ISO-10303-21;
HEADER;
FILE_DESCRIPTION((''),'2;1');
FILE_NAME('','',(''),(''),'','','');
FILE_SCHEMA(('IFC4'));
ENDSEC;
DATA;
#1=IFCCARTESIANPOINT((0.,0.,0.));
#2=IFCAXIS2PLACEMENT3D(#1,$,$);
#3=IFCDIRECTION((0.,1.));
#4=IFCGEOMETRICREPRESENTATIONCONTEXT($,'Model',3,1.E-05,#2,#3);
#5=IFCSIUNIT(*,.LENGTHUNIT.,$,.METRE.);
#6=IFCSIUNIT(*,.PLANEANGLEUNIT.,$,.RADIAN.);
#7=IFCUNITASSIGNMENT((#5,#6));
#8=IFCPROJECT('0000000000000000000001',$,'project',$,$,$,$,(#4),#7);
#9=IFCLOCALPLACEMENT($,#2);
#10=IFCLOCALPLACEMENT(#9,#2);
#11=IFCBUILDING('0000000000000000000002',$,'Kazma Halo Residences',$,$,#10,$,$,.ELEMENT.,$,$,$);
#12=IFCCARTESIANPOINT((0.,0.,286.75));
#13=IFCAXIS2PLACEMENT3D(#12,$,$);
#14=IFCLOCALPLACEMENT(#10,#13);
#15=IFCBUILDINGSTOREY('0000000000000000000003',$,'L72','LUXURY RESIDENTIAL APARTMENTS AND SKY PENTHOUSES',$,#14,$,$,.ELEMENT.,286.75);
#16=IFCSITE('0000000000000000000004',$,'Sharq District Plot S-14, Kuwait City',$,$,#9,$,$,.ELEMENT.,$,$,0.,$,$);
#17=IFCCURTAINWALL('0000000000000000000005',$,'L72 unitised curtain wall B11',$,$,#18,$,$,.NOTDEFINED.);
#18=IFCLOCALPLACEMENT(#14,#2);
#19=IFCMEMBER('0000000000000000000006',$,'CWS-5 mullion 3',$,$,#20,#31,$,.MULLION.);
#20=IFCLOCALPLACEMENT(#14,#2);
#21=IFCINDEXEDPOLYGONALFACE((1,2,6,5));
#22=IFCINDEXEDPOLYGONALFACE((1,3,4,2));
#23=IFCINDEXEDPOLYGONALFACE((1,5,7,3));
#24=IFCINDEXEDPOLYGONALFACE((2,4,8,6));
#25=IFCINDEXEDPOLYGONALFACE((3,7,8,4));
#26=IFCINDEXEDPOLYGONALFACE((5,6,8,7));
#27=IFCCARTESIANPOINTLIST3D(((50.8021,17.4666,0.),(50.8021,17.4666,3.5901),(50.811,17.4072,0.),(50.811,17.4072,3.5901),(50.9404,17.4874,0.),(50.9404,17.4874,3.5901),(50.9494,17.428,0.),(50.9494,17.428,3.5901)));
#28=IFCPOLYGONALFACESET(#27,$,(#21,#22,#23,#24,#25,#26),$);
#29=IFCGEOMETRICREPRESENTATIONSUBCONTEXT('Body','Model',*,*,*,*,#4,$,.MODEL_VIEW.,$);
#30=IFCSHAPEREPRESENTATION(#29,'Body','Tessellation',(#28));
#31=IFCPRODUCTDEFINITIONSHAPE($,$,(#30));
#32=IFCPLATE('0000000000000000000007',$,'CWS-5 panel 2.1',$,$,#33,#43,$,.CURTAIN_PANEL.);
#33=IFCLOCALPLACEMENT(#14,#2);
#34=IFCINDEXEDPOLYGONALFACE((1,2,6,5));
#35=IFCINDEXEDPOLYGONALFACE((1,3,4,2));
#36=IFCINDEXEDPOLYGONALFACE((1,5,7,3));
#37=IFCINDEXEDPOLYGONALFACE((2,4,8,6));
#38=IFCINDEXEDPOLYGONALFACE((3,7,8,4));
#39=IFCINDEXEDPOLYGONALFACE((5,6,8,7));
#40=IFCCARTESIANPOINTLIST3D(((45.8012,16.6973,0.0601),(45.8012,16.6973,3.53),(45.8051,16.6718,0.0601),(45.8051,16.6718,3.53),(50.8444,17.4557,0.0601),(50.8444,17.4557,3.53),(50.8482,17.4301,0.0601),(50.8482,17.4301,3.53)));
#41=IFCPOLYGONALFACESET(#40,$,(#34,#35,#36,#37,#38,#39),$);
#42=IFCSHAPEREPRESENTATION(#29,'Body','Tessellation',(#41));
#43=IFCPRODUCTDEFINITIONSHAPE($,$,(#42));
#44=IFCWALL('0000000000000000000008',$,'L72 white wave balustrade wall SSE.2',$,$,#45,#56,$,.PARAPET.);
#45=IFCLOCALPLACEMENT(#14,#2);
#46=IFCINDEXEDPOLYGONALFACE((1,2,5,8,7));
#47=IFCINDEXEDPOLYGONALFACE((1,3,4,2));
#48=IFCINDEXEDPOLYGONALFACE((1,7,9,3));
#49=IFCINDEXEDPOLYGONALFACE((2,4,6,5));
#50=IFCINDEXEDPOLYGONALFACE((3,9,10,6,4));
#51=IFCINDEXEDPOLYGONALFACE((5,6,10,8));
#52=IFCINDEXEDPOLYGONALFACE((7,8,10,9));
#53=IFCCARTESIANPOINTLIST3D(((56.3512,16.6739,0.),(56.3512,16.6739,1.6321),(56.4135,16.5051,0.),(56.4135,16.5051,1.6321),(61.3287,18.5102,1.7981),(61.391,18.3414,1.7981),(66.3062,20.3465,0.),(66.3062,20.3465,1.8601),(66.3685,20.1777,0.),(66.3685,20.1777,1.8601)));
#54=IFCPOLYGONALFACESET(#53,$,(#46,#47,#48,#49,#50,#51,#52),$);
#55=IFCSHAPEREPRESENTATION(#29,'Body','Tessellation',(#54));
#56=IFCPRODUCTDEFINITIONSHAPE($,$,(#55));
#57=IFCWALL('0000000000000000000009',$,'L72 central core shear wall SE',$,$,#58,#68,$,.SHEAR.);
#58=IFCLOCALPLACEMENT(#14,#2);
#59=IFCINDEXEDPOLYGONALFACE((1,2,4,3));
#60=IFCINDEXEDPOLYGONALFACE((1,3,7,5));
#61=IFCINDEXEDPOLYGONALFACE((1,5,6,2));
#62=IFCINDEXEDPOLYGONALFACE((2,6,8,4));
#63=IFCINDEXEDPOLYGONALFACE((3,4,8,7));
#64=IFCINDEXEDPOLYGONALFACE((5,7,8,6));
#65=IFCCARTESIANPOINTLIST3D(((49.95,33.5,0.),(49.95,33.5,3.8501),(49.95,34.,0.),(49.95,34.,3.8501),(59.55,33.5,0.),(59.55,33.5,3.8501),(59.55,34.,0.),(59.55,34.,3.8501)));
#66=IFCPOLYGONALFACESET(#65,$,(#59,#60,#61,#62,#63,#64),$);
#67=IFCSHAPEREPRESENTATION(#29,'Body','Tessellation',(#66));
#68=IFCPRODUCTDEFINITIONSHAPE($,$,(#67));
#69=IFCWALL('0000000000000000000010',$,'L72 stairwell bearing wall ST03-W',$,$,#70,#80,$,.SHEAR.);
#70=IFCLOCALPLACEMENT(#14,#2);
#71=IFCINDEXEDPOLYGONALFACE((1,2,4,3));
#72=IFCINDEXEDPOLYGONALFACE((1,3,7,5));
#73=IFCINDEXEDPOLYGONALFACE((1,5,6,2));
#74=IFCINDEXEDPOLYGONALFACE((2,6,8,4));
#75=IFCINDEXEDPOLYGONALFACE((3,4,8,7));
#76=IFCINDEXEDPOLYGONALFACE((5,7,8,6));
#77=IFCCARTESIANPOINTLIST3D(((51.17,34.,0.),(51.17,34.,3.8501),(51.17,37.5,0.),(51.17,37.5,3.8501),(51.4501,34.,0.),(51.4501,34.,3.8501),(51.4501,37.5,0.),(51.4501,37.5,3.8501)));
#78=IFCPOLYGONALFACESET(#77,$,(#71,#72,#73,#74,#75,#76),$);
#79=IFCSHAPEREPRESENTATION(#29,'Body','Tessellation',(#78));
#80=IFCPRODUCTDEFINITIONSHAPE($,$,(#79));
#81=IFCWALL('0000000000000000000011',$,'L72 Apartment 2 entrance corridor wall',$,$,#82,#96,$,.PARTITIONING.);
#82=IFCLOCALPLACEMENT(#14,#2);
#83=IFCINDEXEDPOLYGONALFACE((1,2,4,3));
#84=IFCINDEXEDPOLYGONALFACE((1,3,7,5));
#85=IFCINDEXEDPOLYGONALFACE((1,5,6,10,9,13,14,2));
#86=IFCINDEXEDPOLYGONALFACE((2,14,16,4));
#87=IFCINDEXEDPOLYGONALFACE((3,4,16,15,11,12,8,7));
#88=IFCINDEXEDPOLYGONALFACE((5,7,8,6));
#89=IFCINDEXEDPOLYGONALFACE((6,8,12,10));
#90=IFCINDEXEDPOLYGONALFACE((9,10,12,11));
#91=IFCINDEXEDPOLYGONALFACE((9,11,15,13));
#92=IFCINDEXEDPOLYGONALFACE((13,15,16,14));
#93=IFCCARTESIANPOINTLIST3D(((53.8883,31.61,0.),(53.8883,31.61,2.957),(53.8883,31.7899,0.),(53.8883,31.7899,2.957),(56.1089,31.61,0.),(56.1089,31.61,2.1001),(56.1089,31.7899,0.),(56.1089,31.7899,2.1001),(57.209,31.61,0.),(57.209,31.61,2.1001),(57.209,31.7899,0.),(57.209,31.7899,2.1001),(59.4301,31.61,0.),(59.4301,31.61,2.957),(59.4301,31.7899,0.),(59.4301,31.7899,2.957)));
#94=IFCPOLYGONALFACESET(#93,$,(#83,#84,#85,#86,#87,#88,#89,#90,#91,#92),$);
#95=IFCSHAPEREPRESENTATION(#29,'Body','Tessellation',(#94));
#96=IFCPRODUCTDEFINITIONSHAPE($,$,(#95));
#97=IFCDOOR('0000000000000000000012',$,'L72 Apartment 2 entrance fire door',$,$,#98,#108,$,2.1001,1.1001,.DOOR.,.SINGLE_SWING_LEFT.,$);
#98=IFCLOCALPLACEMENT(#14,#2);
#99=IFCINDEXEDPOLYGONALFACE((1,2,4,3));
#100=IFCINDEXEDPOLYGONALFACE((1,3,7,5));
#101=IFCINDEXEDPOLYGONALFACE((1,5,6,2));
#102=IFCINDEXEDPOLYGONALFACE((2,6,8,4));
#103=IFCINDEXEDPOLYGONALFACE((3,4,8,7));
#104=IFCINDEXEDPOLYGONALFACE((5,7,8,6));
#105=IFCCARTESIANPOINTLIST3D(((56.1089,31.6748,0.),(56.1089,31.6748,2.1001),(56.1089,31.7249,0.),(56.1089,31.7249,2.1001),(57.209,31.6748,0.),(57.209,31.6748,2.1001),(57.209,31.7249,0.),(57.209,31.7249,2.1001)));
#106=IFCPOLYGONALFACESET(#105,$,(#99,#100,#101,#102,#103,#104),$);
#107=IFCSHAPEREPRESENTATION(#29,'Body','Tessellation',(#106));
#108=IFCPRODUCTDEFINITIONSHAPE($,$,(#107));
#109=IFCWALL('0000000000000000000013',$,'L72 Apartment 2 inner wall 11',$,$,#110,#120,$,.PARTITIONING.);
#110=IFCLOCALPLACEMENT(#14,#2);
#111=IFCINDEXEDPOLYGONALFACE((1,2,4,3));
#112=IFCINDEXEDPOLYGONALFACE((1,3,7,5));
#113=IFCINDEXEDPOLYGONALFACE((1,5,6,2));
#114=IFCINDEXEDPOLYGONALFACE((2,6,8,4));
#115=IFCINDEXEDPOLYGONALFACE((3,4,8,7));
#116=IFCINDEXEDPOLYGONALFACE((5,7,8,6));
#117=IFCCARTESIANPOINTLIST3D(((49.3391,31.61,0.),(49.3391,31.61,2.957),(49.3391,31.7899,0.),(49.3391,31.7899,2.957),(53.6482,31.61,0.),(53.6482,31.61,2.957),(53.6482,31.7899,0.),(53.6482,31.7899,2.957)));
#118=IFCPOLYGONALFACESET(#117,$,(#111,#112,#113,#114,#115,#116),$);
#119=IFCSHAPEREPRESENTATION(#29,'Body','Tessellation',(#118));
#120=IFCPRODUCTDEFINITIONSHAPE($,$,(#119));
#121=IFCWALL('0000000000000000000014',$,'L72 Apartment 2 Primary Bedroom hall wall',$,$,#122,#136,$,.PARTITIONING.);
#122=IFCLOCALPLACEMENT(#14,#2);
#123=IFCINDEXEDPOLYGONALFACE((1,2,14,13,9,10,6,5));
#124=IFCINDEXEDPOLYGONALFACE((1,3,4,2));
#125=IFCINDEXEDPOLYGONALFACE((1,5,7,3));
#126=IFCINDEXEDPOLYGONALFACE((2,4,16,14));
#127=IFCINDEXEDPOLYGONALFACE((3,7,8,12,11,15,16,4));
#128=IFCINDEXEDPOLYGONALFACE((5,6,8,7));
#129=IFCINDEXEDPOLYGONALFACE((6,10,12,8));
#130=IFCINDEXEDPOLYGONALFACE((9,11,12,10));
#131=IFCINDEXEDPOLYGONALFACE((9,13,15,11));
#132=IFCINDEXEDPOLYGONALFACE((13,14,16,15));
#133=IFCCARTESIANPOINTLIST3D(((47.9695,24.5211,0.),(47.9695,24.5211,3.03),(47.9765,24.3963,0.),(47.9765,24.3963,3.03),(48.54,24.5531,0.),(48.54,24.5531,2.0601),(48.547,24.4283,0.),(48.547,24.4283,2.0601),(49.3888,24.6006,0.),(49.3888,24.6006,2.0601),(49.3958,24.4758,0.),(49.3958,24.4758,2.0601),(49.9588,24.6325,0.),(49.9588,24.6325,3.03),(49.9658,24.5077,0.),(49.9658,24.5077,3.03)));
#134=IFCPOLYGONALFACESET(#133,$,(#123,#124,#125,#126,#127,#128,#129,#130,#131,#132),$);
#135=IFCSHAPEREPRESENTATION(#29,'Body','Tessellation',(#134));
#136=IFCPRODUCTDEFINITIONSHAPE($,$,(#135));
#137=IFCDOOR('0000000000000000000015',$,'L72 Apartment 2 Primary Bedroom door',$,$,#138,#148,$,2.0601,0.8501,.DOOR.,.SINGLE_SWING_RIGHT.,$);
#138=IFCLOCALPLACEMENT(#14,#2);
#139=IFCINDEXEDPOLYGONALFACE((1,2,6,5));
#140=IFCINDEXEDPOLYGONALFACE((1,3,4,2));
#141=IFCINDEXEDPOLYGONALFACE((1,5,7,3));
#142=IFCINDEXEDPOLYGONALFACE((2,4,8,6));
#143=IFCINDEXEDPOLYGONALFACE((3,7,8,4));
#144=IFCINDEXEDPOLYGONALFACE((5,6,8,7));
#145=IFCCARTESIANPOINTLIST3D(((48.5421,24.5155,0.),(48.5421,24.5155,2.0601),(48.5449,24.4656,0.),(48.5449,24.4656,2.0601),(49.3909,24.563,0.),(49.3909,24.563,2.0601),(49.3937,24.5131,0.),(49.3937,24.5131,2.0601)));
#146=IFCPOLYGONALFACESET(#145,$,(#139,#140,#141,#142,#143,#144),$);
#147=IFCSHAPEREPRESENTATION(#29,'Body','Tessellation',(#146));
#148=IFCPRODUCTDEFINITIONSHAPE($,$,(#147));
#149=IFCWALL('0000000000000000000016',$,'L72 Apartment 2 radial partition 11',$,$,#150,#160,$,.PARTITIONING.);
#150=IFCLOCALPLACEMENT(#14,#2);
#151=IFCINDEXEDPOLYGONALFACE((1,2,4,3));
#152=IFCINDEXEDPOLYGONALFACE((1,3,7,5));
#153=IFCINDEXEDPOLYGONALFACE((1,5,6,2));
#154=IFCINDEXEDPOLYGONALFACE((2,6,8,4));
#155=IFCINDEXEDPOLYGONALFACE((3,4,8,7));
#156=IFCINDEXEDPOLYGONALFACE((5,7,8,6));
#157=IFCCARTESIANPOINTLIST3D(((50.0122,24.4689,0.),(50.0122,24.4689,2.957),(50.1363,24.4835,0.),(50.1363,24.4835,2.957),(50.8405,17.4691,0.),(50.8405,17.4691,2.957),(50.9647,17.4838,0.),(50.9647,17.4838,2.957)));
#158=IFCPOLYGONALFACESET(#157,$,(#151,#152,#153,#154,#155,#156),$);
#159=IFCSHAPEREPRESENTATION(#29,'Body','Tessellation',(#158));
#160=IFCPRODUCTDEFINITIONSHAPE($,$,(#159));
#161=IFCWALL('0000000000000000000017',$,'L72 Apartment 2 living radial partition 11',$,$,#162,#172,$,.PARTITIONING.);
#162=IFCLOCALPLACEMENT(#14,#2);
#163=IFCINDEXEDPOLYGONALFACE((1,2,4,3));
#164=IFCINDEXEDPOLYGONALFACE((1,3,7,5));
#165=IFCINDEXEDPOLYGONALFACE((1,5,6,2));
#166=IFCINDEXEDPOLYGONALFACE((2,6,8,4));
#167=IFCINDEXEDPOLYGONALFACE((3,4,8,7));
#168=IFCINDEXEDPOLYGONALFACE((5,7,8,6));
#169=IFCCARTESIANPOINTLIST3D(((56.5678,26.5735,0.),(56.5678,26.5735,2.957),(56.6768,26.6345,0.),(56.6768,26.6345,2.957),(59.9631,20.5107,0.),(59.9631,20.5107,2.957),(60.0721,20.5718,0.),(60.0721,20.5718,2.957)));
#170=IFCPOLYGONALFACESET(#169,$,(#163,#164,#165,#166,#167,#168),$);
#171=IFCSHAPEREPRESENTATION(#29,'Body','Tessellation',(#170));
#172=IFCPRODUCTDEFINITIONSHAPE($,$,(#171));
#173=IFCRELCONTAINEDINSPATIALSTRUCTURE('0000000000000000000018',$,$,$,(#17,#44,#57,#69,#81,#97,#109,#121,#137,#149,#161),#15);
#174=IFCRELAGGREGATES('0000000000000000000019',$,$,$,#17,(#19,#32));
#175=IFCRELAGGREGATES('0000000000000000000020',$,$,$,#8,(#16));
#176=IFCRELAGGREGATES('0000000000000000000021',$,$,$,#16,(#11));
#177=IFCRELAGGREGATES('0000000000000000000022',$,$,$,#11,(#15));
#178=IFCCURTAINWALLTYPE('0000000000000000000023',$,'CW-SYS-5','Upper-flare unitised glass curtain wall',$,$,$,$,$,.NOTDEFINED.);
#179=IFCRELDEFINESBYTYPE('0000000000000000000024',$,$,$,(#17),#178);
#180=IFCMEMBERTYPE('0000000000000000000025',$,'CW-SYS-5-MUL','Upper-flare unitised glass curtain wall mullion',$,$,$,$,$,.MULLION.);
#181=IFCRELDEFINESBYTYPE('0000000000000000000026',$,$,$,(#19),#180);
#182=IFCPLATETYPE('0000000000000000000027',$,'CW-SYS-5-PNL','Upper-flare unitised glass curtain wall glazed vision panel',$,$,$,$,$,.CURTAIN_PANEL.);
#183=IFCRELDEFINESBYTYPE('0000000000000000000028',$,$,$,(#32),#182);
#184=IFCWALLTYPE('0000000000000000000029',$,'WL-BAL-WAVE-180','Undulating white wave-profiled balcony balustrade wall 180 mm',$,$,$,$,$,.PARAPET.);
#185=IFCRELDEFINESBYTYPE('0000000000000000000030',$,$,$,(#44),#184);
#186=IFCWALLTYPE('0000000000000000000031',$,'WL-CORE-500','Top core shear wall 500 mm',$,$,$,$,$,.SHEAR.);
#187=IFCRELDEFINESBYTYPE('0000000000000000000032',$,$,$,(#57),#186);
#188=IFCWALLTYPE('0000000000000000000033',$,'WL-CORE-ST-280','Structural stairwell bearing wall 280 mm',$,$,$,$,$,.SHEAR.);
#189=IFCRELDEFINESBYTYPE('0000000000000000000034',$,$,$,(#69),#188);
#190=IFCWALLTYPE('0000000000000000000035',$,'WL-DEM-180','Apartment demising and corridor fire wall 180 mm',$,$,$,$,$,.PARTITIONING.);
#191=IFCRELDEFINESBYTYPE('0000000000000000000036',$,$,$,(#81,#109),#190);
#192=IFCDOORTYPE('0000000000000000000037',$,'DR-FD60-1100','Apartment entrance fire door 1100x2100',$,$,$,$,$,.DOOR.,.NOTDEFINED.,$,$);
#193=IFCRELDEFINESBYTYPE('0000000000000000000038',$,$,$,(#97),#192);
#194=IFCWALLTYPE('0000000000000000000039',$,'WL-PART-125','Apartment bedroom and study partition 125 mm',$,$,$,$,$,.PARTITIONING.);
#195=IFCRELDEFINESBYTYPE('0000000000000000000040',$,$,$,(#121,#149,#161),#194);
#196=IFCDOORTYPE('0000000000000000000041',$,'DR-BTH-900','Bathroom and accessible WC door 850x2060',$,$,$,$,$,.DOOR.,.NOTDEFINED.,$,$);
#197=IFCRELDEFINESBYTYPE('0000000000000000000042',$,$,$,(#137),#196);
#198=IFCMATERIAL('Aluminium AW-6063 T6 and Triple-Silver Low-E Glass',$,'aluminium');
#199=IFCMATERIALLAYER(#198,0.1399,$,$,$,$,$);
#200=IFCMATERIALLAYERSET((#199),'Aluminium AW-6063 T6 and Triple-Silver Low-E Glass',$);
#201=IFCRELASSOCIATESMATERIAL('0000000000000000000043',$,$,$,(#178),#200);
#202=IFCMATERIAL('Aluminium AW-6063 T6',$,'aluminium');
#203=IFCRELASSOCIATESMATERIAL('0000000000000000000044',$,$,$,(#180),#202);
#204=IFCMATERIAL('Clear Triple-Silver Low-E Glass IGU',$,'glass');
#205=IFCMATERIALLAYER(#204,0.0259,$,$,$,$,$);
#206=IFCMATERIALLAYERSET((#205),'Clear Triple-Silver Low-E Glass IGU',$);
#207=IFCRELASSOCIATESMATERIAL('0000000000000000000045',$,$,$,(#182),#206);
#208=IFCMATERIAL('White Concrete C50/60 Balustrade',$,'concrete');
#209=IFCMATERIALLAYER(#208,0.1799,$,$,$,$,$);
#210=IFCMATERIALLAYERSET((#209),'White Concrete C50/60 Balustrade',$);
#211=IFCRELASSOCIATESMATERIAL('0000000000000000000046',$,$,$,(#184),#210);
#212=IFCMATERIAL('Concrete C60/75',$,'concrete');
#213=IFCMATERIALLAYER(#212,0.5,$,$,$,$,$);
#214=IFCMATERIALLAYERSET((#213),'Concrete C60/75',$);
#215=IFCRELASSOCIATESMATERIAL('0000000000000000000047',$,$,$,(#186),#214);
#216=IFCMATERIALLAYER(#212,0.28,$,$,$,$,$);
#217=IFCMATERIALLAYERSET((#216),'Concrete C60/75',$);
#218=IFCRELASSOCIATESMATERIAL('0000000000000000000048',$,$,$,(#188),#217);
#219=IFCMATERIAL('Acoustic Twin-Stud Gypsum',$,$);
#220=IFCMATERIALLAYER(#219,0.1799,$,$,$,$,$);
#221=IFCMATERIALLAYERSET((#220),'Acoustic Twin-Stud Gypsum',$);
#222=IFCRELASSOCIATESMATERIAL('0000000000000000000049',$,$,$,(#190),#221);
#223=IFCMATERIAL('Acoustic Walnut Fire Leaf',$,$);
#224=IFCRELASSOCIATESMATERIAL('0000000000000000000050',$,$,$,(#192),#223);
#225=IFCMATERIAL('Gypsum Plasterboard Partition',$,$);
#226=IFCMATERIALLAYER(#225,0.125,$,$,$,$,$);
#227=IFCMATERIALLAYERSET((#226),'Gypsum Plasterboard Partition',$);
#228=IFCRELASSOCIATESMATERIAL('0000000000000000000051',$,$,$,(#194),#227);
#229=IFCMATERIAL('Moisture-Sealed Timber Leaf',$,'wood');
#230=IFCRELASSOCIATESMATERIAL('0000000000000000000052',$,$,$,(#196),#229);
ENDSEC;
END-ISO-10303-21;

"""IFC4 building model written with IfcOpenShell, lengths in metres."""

from ifc_helpers import new_model, si_unit, direction, frame, frame_2d, origin, origin_2d, place, context, subcontext, project, spatial, polyline, rectangle, outline, extrude, material, layer, layer_set, material_profile, profile_set, type_object, element, fill, aggregate, save


model = new_model("IFC4")

# Units and contexts
model_context = context("Model", 3, precision=1e-05, world=origin(), true_north=direction((0.0, 1.0)))
body_context = subcontext(model_context, "Body", "Model", "MODEL_VIEW")
ifc_project = project(units=[si_unit("LENGTHUNIT", "METRE"), si_unit("PLANEANGLEUNIT", "RADIAN")], contexts=[model_context])

# Site, building, storey
site_placement = place(None, origin())
site = spatial("IfcSite", under=ifc_project, at=site_placement, Name="Sharq District Plot S-14, Kuwait City", CompositionType="ELEMENT", RefElevation=0.0)
building_placement = place(site_placement, origin())
building = spatial("IfcBuilding", under=site, at=building_placement, Name="Kazma Halo Residences", CompositionType="ELEMENT")
storey_placement = place(building_placement, frame((0.0, 0.0, 286.75)))
storey = spatial("IfcBuildingStorey", under=building, at=storey_placement, Name="L72", Description="LUXURY RESIDENTIAL APARTMENTS AND SKY PENTHOUSES", CompositionType="ELEMENT", Elevation=286.75)

# Shared definitions
ifc_material_1 = material(Name="Concrete C60/75", Category="concrete")

# Curtain wall, member, plate
ifc_material_2 = material(Name="Aluminium AW-6063 T6 and Triple-Silver Low-E Glass", Category="aluminium")
ifc_layer_1 = layer(ifc_material_2, 0.1399)
ifc_layer_set_1 = layer_set([ifc_layer_1], Name="Aluminium AW-6063 T6 and Triple-Silver Low-E Glass")
curtain_wall_type = type_object("IfcCurtainWallType", Name="CW-SYS-5", Description="Upper-flare unitised glass curtain wall", PredefinedType="NOTDEFINED", material=ifc_layer_set_1)
curtain_wall_placement = place(storey_placement, origin())
curtain_wall = element("IfcCurtainWall", 1, at=curtain_wall_placement, inside=storey, type_object=curtain_wall_type, Name="L72 unitised curtain wall B11", PredefinedType="NOTDEFINED")
ifc_material_3 = material(Name="Aluminium AW-6063 T6", Category="aluminium")
ifc_material_profile_1 = material_profile(ifc_material_3, rectangle(XDim=0.0601, YDim=0.1399, at=origin_2d()), Name="CWM-60x140")
ifc_profile_set_1 = profile_set([ifc_material_profile_1], Name="Aluminium AW-6063 T6")
member_type = type_object("IfcMemberType", Name="CW-SYS-5-MUL", Description="Upper-flare unitised glass curtain wall mullion", PredefinedType="MULLION", material=ifc_profile_set_1)
member_placement = place(storey_placement, frame((50.8757, 17.4473, 0.0), z_axis=(0.0, 0.0, 1.0), x_axis=(-0.148697, 0.988883, 0.0)))
member = element("IfcMember", 2, at=member_placement, type_object=member_type, Name="CWS-5 mullion 3", PredefinedType="MULLION", context=body_context, shape_type="SweptSolid", body=[
    extrude(rectangle(XDim=0.0601, YDim=0.1399, at=origin_2d()), origin(), (0.0, 0.0, 1.0), 3.5901),
])
ifc_material_4 = material(Name="Clear Triple-Silver Low-E Glass IGU", Category="glass")
ifc_layer_2 = layer(ifc_material_4, 0.0259)
ifc_layer_set_2 = layer_set([ifc_layer_2], Name="Clear Triple-Silver Low-E Glass IGU")
plate_type = type_object("IfcPlateType", Name="CW-SYS-5-PNL", Description="Upper-flare unitised glass curtain wall glazed vision panel", PredefinedType="CURTAIN_PANEL", material=ifc_layer_set_2)
plate_placement = place(storey_placement, frame((48.3247, 17.0637, 0.0601), z_axis=(0.0, 0.0, 1.0), x_axis=(0.988883, 0.148697, 0.0)))
plate = element("IfcPlate", 3, at=plate_placement, type_object=plate_type, Name="CWS-5 panel 2.1", PredefinedType="CURTAIN_PANEL", context=body_context, shape_type="SweptSolid", body=[
    extrude(rectangle(XDim=5.0999, YDim=0.0259, at=origin_2d()), origin(), (0.0, 0.0, 1.0), 3.47),
])
aggregate(curtain_wall, [member, plate])

# Walls
ifc_material_5 = material(Name="White Concrete C50/60 Balustrade", Category="concrete")
ifc_layer_3 = layer(ifc_material_5, 0.1799)
ifc_layer_set_3 = layer_set([ifc_layer_3], Name="White Concrete C50/60 Balustrade")
wall_type_1 = type_object("IfcWallType", Name="WL-BAL-WAVE-180", Description="Undulating white wave-profiled balcony balustrade wall 180 mm", PredefinedType="PARAPET", material=ifc_layer_set_3)
wall_1_placement = place(storey_placement, frame((56.3823, 16.5896, 0.0), z_axis=(0.0, 0.0, 1.0), x_axis=(0.938192, 0.346116, 0.0)))
element("IfcWall", 4, at=wall_1_placement, inside=storey, type_object=wall_type_1, Name="L72 white wave balustrade wall SSE.2", PredefinedType="PARAPET", context=body_context, shape_type="SweptSolid", body=[
    extrude(outline(polyline([(0.0, 0.0), (10.6108, 0.0), (10.6108, 1.8601), (5.3054, 1.7981), (0.0, 1.6321), (0.0, 0.0)])), frame((0.0, 0.0898, 0.0), z_axis=(0.0, -1.0, 0.0), x_axis=(1.0, 0.0, 0.0)), (0.0, 0.0, 1.0), 0.1799),
])
ifc_layer_4 = layer(ifc_material_1, 0.5)
ifc_layer_set_4 = layer_set([ifc_layer_4], Name="Concrete C60/75")
wall_type_2 = type_object("IfcWallType", Name="WL-CORE-500", Description="Top core shear wall 500 mm", PredefinedType="SHEAR", material=ifc_layer_set_4)
wall_2_placement = place(storey_placement, frame((49.95, 33.75, 0.0), z_axis=(0.0, 0.0, 1.0), x_axis=(1.0, 0.0, 0.0)))
element("IfcWall", 5, at=wall_2_placement, inside=storey, type_object=wall_type_2, Name="L72 central core shear wall SE", PredefinedType="SHEAR", context=body_context, shape_type="SweptSolid", body=[
    extrude(rectangle(XDim=9.6001, YDim=0.5, at=frame_2d((4.8, 0.0))), origin(), (0.0, 0.0, 1.0), 3.8501),
])
ifc_layer_5 = layer(ifc_material_1, 0.28)
ifc_layer_set_5 = layer_set([ifc_layer_5], Name="Concrete C60/75")
wall_type_3 = type_object("IfcWallType", Name="WL-CORE-ST-280", Description="Structural stairwell bearing wall 280 mm", PredefinedType="SHEAR", material=ifc_layer_set_5)
wall_3_placement = place(storey_placement, frame((51.3101, 34.0, 0.0), z_axis=(0.0, 0.0, 1.0), x_axis=(0.0, 1.0, 0.0)))
element("IfcWall", 6, at=wall_3_placement, inside=storey, type_object=wall_type_3, Name="L72 stairwell bearing wall ST03-W", PredefinedType="SHEAR", context=body_context, shape_type="SweptSolid", body=[
    extrude(rectangle(XDim=3.5, YDim=0.28, at=frame_2d((1.75, 0.0))), origin(), (0.0, 0.0, 1.0), 3.8501),
])

# Wall, opening, door
ifc_material_6 = material(Name="Acoustic Twin-Stud Gypsum")
ifc_layer_6 = layer(ifc_material_6, 0.1799)
ifc_layer_set_6 = layer_set([ifc_layer_6], Name="Acoustic Twin-Stud Gypsum")
wall_type_4 = type_object("IfcWallType", Name="WL-DEM-180", Description="Apartment demising and corridor fire wall 180 mm", PredefinedType="PARTITIONING", material=ifc_layer_set_6)
wall_4_placement = place(storey_placement, frame((53.8882, 31.7, 0.0), z_axis=(0.0, 0.0, 1.0), x_axis=(1.0, 0.0, 0.0)))
wall_4 = element("IfcWall", 7, at=wall_4_placement, inside=storey, type_object=wall_type_4, Name="L72 Apartment 2 entrance corridor wall", PredefinedType="PARTITIONING", context=body_context, shape_type="SweptSolid", body=[
    extrude(rectangle(XDim=5.5417, YDim=0.1799, at=frame_2d((2.771, 0.0))), origin(), (0.0, 0.0, 1.0), 2.957),
])
opening_1_placement = place(wall_4_placement, frame((2.2207, 0.0, 0.0)))
opening_1 = element("IfcOpeningElement", 8, at=opening_1_placement, cuts=wall_4, PredefinedType="OPENING", context=body_context, shape_type="SweptSolid", body=[
    extrude(rectangle(XDim=1.1001, YDim=2.1001, at=frame_2d((0.55, 1.05))), frame((0.0, 0.0999, 0.0), z_axis=(0.0, -1.0, 0.0), x_axis=(1.0, 0.0, 0.0)), (0.0, 0.0, 1.0), 0.2),
])
ifc_material_7 = material(Name="Acoustic Walnut Fire Leaf")
door_type_1 = type_object("IfcDoorType", Name="DR-FD60-1100", Description="Apartment entrance fire door 1100x2100", OperationType="NOTDEFINED", PredefinedType="DOOR", material=ifc_material_7)
door_1_placement = place(opening_1_placement, origin())
door_1 = element("IfcDoor", 9, at=door_1_placement, inside=storey, type_object=door_type_1, Name="L72 Apartment 2 entrance fire door", OperationType="SINGLE_SWING_LEFT", OverallHeight=2.1001, OverallWidth=1.1001, PredefinedType="DOOR", context=body_context, shape_type="SweptSolid", body=[
    extrude(rectangle(XDim=1.1001, YDim=2.1001, at=frame_2d((0.55, 1.05))), frame((0.0, 0.0249, 0.0), z_axis=(0.0, -1.0, 0.0), x_axis=(1.0, 0.0, 0.0)), (0.0, 0.0, 1.0), 0.05),
])
fill(opening_1, door_1)

# Wall
wall_5_placement = place(storey_placement, frame((49.3391, 31.7, 0.0), z_axis=(0.0, 0.0, 1.0), x_axis=(1.0, 0.0, 0.0)))
element("IfcWall", 10, at=wall_5_placement, inside=storey, type_object=wall_type_4, Name="L72 Apartment 2 inner wall 11", PredefinedType="PARTITIONING", context=body_context, shape_type="SweptSolid", body=[
    extrude(rectangle(XDim=4.3091, YDim=0.1799, at=frame_2d((2.1545, 0.0))), origin(), (0.0, 0.0, 1.0), 2.957),
])

# Wall, opening, door
ifc_material_8 = material(Name="Gypsum Plasterboard Partition")
ifc_layer_7 = layer(ifc_material_8, 0.125)
ifc_layer_set_7 = layer_set([ifc_layer_7], Name="Gypsum Plasterboard Partition")
wall_type_5 = type_object("IfcWallType", Name="WL-PART-125", Description="Apartment bedroom and study partition 125 mm", PredefinedType="PARTITIONING", material=ifc_layer_set_7)
wall_6_placement = place(storey_placement, frame((47.9731, 24.4587, 0.0), z_axis=(0.0, 0.0, 1.0), x_axis=(0.998438, 0.055877, 0.0)))
wall_6 = element("IfcWall", 11, at=wall_6_placement, inside=storey, type_object=wall_type_5, Name="L72 Apartment 2 Primary Bedroom hall wall", PredefinedType="PARTITIONING", context=body_context, shape_type="SweptSolid", body=[
    extrude(rectangle(XDim=1.9924, YDim=0.125, at=frame_2d((0.9961, 0.0))), origin(), (0.0, 0.0, 1.0), 3.03),
])
opening_2_placement = place(wall_6_placement, frame((0.5713, 0.0, 0.0)))
opening_2 = element("IfcOpeningElement", 12, at=opening_2_placement, cuts=wall_6, PredefinedType="OPENING", context=body_context, shape_type="SweptSolid", body=[
    extrude(rectangle(XDim=0.8501, YDim=2.0601, at=frame_2d((0.425, 1.03))), frame((0.0, 0.0725, 0.0), z_axis=(0.0, -1.0, 0.0), x_axis=(1.0, 0.0, 0.0)), (0.0, 0.0, 1.0), 0.145),
])
ifc_material_9 = material(Name="Moisture-Sealed Timber Leaf", Category="wood")
door_type_2 = type_object("IfcDoorType", Name="DR-BTH-900", Description="Bathroom and accessible WC door 850x2060", OperationType="NOTDEFINED", PredefinedType="DOOR", material=ifc_material_9)
door_2_placement = place(opening_2_placement, origin())
door_2 = element("IfcDoor", 13, at=door_2_placement, inside=storey, type_object=door_type_2, Name="L72 Apartment 2 Primary Bedroom door", OperationType="SINGLE_SWING_RIGHT", OverallHeight=2.0601, OverallWidth=0.8501, PredefinedType="DOOR", context=body_context, shape_type="SweptSolid", body=[
    extrude(rectangle(XDim=0.8501, YDim=2.0601, at=frame_2d((0.425, 1.03))), frame((0.0, 0.0249, 0.0), z_axis=(0.0, -1.0, 0.0), x_axis=(1.0, 0.0, 0.0)), (0.0, 0.0, 1.0), 0.05),
])
fill(opening_2, door_2)

# Walls
wall_7_placement = place(storey_placement, frame((50.0742, 24.4763, 0.0), z_axis=(0.0, 0.0, 1.0), x_axis=(0.117522, -0.99307, 0.0)))
element("IfcWall", 14, at=wall_7_placement, inside=storey, type_object=wall_type_5, Name="L72 Apartment 2 radial partition 11", PredefinedType="PARTITIONING", context=body_context, shape_type="SweptSolid", body=[
    extrude(rectangle(XDim=7.0486, YDim=0.125, at=frame_2d((3.5244, 0.0))), origin(), (0.0, 0.0, 1.0), 2.957),
])
wall_8_placement = place(storey_placement, frame((56.6223, 26.604, 0.0), z_axis=(0.0, 0.0, 1.0), x_axis=(0.488617, -0.872498, 0.0)))
element("IfcWall", 15, at=wall_8_placement, inside=storey, type_object=wall_type_5, Name="L72 Apartment 2 living radial partition 11", PredefinedType="PARTITIONING", context=body_context, shape_type="SweptSolid", body=[
    extrude(rectangle(XDim=6.9487, YDim=0.125, at=frame_2d((3.4744, 0.0))), origin(), (0.0, 0.0, 1.0), 2.957),
])

save(model, "model.ifc")
